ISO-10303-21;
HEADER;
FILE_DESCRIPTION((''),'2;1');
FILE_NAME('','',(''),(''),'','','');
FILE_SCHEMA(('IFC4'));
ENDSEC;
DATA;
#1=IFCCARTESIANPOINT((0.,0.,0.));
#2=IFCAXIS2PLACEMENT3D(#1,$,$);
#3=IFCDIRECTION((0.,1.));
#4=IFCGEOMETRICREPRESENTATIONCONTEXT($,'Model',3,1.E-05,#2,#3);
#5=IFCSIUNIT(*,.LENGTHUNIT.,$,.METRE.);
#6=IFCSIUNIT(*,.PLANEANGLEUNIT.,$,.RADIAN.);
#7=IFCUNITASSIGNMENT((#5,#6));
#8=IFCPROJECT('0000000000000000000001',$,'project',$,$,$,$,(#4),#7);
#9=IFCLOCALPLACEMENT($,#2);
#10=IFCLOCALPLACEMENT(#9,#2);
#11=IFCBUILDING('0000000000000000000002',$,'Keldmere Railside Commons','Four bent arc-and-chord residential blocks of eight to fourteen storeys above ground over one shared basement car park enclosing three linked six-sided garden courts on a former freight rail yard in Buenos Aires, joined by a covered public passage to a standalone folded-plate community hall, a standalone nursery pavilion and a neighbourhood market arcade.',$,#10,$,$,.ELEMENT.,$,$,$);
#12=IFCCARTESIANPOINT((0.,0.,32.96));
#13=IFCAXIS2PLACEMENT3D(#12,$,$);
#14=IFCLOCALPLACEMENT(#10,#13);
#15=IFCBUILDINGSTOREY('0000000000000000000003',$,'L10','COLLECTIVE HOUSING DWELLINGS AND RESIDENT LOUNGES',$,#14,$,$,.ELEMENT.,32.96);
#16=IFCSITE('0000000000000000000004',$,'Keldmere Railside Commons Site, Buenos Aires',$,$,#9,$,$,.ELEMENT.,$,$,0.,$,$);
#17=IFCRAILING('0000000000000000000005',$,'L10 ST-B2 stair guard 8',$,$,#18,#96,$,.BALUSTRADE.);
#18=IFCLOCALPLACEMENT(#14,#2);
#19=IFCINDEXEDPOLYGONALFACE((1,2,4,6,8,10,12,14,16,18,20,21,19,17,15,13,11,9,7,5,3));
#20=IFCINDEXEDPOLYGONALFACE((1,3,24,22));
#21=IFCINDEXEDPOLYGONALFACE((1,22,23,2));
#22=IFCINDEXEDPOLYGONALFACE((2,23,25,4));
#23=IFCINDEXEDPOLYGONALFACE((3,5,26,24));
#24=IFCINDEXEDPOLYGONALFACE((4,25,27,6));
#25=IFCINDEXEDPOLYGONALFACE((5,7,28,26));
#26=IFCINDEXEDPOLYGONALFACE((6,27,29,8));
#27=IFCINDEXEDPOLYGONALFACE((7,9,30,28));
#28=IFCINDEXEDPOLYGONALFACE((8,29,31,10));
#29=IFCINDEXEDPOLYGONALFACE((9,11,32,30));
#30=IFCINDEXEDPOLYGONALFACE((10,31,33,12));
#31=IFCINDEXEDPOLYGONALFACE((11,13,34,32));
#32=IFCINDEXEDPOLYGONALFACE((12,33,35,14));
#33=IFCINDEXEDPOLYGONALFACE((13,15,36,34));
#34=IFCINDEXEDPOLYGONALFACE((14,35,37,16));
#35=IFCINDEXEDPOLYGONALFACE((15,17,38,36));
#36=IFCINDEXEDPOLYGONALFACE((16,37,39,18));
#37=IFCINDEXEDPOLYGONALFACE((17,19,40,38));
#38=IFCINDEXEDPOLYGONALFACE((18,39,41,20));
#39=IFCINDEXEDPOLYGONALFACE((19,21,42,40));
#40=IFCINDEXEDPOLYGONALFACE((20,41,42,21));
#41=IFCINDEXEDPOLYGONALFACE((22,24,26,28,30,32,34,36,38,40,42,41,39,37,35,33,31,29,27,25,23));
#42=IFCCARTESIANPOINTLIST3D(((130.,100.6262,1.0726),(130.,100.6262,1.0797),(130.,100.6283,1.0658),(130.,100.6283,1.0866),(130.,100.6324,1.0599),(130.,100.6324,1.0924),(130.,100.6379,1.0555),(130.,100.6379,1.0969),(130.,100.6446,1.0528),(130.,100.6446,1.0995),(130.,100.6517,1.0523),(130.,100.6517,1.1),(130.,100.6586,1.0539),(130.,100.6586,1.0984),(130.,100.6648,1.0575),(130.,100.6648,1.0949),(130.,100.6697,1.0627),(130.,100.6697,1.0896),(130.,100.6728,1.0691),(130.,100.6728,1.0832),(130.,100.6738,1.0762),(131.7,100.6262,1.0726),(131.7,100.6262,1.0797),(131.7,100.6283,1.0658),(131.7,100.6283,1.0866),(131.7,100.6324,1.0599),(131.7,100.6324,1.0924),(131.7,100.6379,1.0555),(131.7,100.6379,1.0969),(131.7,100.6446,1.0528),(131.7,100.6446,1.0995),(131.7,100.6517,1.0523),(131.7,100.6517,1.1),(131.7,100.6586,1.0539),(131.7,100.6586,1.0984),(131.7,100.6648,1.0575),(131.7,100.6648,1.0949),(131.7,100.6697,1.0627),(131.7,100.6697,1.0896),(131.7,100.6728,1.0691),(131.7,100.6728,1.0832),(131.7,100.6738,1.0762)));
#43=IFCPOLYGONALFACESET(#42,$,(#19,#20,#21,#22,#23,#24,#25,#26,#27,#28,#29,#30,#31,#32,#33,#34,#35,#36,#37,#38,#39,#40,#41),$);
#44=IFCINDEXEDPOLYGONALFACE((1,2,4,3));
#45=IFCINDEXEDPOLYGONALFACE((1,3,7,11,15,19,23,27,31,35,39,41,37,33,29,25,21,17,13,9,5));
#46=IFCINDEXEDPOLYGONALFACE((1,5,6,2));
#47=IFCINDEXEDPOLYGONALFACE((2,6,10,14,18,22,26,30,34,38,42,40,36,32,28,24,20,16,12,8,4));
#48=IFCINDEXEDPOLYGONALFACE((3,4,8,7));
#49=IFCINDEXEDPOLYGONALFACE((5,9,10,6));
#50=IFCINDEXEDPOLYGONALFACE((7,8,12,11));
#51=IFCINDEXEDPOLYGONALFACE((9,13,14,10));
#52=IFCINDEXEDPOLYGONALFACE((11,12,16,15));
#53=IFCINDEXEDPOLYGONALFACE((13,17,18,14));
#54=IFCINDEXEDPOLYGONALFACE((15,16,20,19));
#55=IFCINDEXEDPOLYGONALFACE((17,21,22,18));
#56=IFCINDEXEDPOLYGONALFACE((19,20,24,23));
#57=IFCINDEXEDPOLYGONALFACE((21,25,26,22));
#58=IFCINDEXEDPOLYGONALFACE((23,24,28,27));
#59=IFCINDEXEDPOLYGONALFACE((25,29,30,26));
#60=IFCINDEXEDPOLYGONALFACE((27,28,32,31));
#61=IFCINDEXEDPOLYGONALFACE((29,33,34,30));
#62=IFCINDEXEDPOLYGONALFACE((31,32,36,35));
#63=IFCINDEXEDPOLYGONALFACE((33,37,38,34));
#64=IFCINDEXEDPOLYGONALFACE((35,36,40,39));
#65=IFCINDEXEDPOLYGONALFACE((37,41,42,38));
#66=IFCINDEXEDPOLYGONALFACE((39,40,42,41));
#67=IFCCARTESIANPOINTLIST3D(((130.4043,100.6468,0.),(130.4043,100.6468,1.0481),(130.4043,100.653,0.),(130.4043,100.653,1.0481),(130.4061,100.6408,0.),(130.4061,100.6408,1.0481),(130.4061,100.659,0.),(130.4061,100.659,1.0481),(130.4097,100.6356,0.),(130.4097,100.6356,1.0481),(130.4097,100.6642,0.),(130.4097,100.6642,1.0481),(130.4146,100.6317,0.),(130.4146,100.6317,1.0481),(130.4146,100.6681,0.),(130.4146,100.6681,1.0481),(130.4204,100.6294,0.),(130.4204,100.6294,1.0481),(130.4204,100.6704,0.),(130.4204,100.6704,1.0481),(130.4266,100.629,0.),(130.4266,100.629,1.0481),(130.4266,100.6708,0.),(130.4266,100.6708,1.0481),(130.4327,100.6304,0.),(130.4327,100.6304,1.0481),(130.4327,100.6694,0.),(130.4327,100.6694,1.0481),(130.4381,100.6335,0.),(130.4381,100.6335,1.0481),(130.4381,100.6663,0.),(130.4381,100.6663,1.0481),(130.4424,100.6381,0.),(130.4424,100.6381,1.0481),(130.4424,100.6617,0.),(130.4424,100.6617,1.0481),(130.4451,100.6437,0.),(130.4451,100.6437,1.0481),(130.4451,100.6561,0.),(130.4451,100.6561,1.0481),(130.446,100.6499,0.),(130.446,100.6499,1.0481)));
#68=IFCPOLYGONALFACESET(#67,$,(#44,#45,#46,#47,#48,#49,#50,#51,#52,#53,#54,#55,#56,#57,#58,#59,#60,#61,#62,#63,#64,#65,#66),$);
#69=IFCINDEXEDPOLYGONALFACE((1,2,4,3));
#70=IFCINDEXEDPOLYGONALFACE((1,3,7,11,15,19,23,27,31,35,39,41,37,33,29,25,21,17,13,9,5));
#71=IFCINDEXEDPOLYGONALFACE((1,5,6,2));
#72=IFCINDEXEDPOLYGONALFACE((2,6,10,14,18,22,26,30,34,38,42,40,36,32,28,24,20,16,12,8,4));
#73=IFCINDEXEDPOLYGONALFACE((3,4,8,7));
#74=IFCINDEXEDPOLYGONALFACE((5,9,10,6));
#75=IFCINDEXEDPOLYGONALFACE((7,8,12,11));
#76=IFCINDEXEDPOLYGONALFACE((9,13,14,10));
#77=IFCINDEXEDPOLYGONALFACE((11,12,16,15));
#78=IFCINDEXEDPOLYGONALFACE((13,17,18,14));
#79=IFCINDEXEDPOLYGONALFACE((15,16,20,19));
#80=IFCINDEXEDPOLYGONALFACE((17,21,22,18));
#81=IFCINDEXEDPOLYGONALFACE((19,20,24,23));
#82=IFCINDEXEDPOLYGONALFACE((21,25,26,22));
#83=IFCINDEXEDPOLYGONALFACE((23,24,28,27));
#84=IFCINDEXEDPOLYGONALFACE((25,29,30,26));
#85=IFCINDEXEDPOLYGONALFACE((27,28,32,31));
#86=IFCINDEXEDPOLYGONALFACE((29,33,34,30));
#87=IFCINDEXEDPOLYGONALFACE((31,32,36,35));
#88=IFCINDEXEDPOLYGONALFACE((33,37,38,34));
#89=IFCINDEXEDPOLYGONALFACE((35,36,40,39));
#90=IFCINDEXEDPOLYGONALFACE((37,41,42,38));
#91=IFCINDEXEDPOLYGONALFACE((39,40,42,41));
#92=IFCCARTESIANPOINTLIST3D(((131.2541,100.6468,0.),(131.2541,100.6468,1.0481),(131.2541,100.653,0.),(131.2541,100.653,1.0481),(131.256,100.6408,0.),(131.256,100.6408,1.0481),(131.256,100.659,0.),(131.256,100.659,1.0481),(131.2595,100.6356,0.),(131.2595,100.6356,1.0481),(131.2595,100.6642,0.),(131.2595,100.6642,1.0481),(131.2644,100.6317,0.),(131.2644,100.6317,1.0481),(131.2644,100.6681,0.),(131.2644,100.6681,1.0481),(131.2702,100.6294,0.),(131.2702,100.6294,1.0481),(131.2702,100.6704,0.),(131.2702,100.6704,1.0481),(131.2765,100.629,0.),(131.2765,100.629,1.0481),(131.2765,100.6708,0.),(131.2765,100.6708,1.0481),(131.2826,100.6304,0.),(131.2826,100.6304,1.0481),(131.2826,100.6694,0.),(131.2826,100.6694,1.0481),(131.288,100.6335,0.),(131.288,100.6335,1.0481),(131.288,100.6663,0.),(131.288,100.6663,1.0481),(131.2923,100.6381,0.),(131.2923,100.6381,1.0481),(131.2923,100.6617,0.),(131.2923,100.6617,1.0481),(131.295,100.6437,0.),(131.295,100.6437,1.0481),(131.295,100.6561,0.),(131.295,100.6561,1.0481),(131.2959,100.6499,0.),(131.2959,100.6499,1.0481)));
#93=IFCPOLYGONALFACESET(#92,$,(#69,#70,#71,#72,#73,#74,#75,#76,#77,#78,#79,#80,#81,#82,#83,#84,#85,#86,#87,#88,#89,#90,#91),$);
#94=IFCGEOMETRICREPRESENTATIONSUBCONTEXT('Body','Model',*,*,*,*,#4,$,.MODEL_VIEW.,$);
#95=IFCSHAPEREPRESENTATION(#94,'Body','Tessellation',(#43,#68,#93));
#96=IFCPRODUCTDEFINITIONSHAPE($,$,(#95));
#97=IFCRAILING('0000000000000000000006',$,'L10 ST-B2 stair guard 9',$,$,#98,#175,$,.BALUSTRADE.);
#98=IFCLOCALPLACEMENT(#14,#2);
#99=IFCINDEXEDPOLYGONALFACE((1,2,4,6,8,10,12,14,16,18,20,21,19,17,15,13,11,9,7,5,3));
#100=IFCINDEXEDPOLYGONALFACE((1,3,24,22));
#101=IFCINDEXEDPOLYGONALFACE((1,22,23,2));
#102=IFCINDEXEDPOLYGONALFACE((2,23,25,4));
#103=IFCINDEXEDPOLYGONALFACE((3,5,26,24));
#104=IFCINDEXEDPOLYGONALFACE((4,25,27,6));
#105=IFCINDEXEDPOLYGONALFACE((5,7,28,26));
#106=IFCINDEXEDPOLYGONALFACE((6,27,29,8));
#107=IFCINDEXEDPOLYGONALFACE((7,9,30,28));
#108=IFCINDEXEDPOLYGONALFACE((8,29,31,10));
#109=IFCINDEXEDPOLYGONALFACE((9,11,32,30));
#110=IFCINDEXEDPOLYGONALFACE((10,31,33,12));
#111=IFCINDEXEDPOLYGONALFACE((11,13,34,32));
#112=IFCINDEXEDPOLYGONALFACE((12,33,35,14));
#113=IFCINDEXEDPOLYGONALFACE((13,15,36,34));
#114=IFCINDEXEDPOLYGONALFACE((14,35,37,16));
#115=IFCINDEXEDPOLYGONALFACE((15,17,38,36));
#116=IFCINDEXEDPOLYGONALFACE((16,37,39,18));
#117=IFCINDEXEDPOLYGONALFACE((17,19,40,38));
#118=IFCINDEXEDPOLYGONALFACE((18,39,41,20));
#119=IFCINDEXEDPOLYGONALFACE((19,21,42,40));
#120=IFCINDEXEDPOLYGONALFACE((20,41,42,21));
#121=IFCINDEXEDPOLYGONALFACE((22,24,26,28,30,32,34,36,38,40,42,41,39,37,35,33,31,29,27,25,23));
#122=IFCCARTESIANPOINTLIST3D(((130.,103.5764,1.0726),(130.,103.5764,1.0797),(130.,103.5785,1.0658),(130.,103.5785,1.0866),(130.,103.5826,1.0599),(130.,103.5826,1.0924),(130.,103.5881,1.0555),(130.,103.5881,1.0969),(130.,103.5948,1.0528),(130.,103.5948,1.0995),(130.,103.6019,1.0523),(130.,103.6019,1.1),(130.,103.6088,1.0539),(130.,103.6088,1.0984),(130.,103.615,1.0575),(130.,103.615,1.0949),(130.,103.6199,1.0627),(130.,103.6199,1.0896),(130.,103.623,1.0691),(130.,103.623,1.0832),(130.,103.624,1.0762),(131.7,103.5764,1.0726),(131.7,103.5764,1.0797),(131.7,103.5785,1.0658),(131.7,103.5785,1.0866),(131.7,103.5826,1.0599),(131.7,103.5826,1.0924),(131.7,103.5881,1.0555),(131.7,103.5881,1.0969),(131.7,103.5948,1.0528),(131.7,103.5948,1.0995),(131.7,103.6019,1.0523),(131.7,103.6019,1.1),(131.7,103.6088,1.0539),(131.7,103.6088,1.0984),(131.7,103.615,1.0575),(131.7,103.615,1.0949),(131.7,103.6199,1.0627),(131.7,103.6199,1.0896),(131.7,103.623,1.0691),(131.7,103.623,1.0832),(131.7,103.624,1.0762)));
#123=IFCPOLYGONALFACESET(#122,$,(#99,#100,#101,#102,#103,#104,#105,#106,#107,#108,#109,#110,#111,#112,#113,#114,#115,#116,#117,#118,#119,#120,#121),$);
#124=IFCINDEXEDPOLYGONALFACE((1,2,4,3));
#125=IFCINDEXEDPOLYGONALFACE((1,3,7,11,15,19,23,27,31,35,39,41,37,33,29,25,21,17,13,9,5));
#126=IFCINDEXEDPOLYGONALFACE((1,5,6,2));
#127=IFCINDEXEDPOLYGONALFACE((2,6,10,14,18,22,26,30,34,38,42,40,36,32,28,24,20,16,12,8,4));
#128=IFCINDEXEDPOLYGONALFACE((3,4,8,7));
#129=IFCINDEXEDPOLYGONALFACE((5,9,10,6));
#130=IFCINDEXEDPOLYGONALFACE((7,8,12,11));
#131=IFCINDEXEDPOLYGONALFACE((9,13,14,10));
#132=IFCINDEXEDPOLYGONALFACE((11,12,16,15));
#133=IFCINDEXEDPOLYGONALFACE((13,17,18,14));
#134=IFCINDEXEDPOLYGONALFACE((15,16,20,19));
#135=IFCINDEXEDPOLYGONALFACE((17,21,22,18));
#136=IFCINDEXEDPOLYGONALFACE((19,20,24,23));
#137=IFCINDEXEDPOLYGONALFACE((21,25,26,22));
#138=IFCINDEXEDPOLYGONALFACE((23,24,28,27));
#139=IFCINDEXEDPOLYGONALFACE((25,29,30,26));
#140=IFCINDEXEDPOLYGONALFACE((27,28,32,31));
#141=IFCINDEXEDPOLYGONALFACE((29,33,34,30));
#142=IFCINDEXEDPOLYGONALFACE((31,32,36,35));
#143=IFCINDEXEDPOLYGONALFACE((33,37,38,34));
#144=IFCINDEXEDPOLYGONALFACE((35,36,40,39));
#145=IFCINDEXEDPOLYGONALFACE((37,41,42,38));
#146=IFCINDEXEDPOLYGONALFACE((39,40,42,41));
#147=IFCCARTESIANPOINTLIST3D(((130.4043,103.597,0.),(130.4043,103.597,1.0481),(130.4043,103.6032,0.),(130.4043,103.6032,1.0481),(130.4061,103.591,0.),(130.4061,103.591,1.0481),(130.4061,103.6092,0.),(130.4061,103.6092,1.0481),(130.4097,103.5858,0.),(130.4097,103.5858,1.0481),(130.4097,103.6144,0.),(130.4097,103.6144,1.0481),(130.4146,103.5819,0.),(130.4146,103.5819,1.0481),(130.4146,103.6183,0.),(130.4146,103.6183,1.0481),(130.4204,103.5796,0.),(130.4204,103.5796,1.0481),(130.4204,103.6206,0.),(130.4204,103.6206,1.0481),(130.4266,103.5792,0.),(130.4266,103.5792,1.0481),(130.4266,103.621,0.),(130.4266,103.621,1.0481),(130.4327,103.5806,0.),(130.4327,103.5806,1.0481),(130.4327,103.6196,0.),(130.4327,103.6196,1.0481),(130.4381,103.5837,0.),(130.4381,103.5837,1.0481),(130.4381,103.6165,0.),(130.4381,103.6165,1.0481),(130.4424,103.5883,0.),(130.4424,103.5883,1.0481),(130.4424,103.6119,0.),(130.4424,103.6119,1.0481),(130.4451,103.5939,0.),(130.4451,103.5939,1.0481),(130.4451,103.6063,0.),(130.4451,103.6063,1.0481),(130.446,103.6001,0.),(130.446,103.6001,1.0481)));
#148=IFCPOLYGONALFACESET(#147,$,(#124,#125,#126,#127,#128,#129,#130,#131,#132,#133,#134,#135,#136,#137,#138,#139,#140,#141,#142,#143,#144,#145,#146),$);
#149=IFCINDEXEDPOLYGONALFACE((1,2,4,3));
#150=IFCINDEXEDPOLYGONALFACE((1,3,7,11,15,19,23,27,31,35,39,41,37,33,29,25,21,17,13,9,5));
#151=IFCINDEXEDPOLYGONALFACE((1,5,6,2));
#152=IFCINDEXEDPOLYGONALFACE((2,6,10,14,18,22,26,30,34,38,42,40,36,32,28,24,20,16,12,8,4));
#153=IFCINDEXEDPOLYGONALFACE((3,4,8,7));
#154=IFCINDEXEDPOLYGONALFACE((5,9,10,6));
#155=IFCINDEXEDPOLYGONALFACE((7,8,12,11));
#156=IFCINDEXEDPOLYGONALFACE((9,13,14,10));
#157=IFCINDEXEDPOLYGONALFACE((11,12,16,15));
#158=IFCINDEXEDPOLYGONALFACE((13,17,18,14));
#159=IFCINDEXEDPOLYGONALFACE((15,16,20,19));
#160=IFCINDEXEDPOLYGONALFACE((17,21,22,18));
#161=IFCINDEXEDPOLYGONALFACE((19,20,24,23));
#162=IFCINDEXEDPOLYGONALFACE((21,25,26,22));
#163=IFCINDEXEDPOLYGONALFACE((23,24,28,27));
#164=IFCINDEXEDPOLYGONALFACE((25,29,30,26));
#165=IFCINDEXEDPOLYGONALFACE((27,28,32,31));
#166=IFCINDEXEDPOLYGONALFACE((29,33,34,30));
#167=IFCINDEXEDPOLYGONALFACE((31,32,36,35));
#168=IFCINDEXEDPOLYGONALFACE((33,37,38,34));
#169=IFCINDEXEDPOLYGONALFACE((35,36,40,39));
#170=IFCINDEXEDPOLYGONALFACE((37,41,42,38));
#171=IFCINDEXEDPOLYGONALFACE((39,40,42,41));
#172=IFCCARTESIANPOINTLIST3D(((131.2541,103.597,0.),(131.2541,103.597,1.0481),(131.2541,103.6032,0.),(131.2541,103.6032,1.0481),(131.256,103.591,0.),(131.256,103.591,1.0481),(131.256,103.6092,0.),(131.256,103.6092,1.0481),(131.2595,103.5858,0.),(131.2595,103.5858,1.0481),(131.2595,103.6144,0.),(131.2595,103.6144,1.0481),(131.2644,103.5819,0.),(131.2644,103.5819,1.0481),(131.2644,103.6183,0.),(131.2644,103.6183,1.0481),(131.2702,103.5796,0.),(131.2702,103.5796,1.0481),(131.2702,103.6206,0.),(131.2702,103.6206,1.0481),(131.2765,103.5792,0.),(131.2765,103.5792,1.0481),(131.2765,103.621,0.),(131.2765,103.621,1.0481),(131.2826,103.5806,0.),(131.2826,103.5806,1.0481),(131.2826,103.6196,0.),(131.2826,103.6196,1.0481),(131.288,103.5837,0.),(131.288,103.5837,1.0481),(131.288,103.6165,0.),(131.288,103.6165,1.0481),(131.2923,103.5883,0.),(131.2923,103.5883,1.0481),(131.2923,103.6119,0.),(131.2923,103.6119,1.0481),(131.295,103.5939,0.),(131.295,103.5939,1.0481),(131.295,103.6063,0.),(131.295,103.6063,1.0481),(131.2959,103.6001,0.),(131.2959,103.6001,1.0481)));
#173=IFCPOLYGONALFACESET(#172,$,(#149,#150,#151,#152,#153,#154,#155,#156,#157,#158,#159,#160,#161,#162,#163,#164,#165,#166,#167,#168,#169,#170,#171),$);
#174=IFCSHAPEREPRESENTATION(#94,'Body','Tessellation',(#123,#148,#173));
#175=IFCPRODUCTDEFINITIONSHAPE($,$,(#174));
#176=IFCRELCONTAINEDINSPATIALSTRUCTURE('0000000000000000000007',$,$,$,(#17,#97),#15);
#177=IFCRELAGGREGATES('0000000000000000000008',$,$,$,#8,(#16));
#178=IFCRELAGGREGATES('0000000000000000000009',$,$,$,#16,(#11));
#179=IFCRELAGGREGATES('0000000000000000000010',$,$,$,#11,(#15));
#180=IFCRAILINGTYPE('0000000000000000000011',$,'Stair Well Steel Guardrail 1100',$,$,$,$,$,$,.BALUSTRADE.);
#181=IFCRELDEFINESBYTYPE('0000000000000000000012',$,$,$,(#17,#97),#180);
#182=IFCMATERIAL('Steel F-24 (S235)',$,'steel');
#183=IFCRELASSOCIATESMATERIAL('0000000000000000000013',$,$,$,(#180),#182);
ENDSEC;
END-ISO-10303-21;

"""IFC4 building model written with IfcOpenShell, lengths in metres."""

from ifc_helpers import new_model, si_unit, direction, frame, origin, origin_2d, place, context, subcontext, project, spatial, circle, extrude, material, type_object, element, save


model = new_model("IFC4")

# Units and contexts
model_context = context("Model", 3, precision=1e-05, world=origin(), true_north=direction((0.0, 1.0)))
body_context = subcontext(model_context, "Body", "Model", "MODEL_VIEW")
ifc_project = project(units=[si_unit("LENGTHUNIT", "METRE"), si_unit("PLANEANGLEUNIT", "RADIAN")], contexts=[model_context])

# Site, building, storey
site_placement = place(None, origin())
site = spatial("IfcSite", under=ifc_project, at=site_placement, Name="Keldmere Railside Commons Site, Buenos Aires", CompositionType="ELEMENT", RefElevation=0.0)
building_placement = place(site_placement, origin())
building = spatial("IfcBuilding", under=site, at=building_placement, Name="Keldmere Railside Commons", Description="Four bent arc-and-chord residential blocks of eight to fourteen storeys above ground over one shared basement car park enclosing three linked six-sided garden courts on a former freight rail yard in Buenos Aires, joined by a covered public passage to a standalone folded-plate community hall, a standalone nursery pavilion and a neighbourhood market arcade.", CompositionType="ELEMENT")
storey_placement = place(building_placement, frame((0.0, 0.0, 32.96)))
storey = spatial("IfcBuildingStorey", under=building, at=storey_placement, Name="L10", Description="COLLECTIVE HOUSING DWELLINGS AND RESIDENT LOUNGES", CompositionType="ELEMENT", Elevation=32.96)

# Railings
ifc_material_1 = material(Name="Steel F-24 (S235)", Category="steel")
railing_type_1 = type_object("IfcRailingType", Name="Stair Well Steel Guardrail 1100", PredefinedType="BALUSTRADE", material=ifc_material_1)
for number, where, name in (
    (1, (130.0, 100.6499, 0.0), "L10 ST-B2 stair guard 8"),
    (2, (130.0, 103.6001, 0.0), "L10 ST-B2 stair guard 9"),
):
    element("IfcRailing", number, at=place(storey_placement, frame(where)), inside=storey, type_object=railing_type_1, Name=name, PredefinedType="BALUSTRADE", context=body_context, shape_type="SweptSolid", body=[
        extrude(circle(Radius=0.0239, at=origin_2d()), frame((0.0, 0.0, 1.0762), z_axis=(1.0, 0.0, 0.0), x_axis=(0.0, 1.0, 0.0)), (0.0, 0.0, 1.0), 1.7),
        extrude(circle(Radius=0.021, at=origin_2d()), frame((0.425, 0.0, 0.0)), (0.0, 0.0, 1.0), 1.0481),
        extrude(circle(Radius=0.021, at=origin_2d()), frame((1.2749, 0.0, 0.0)), (0.0, 0.0, 1.0), 1.0481),
    ])

save(model, "model.ifc")
